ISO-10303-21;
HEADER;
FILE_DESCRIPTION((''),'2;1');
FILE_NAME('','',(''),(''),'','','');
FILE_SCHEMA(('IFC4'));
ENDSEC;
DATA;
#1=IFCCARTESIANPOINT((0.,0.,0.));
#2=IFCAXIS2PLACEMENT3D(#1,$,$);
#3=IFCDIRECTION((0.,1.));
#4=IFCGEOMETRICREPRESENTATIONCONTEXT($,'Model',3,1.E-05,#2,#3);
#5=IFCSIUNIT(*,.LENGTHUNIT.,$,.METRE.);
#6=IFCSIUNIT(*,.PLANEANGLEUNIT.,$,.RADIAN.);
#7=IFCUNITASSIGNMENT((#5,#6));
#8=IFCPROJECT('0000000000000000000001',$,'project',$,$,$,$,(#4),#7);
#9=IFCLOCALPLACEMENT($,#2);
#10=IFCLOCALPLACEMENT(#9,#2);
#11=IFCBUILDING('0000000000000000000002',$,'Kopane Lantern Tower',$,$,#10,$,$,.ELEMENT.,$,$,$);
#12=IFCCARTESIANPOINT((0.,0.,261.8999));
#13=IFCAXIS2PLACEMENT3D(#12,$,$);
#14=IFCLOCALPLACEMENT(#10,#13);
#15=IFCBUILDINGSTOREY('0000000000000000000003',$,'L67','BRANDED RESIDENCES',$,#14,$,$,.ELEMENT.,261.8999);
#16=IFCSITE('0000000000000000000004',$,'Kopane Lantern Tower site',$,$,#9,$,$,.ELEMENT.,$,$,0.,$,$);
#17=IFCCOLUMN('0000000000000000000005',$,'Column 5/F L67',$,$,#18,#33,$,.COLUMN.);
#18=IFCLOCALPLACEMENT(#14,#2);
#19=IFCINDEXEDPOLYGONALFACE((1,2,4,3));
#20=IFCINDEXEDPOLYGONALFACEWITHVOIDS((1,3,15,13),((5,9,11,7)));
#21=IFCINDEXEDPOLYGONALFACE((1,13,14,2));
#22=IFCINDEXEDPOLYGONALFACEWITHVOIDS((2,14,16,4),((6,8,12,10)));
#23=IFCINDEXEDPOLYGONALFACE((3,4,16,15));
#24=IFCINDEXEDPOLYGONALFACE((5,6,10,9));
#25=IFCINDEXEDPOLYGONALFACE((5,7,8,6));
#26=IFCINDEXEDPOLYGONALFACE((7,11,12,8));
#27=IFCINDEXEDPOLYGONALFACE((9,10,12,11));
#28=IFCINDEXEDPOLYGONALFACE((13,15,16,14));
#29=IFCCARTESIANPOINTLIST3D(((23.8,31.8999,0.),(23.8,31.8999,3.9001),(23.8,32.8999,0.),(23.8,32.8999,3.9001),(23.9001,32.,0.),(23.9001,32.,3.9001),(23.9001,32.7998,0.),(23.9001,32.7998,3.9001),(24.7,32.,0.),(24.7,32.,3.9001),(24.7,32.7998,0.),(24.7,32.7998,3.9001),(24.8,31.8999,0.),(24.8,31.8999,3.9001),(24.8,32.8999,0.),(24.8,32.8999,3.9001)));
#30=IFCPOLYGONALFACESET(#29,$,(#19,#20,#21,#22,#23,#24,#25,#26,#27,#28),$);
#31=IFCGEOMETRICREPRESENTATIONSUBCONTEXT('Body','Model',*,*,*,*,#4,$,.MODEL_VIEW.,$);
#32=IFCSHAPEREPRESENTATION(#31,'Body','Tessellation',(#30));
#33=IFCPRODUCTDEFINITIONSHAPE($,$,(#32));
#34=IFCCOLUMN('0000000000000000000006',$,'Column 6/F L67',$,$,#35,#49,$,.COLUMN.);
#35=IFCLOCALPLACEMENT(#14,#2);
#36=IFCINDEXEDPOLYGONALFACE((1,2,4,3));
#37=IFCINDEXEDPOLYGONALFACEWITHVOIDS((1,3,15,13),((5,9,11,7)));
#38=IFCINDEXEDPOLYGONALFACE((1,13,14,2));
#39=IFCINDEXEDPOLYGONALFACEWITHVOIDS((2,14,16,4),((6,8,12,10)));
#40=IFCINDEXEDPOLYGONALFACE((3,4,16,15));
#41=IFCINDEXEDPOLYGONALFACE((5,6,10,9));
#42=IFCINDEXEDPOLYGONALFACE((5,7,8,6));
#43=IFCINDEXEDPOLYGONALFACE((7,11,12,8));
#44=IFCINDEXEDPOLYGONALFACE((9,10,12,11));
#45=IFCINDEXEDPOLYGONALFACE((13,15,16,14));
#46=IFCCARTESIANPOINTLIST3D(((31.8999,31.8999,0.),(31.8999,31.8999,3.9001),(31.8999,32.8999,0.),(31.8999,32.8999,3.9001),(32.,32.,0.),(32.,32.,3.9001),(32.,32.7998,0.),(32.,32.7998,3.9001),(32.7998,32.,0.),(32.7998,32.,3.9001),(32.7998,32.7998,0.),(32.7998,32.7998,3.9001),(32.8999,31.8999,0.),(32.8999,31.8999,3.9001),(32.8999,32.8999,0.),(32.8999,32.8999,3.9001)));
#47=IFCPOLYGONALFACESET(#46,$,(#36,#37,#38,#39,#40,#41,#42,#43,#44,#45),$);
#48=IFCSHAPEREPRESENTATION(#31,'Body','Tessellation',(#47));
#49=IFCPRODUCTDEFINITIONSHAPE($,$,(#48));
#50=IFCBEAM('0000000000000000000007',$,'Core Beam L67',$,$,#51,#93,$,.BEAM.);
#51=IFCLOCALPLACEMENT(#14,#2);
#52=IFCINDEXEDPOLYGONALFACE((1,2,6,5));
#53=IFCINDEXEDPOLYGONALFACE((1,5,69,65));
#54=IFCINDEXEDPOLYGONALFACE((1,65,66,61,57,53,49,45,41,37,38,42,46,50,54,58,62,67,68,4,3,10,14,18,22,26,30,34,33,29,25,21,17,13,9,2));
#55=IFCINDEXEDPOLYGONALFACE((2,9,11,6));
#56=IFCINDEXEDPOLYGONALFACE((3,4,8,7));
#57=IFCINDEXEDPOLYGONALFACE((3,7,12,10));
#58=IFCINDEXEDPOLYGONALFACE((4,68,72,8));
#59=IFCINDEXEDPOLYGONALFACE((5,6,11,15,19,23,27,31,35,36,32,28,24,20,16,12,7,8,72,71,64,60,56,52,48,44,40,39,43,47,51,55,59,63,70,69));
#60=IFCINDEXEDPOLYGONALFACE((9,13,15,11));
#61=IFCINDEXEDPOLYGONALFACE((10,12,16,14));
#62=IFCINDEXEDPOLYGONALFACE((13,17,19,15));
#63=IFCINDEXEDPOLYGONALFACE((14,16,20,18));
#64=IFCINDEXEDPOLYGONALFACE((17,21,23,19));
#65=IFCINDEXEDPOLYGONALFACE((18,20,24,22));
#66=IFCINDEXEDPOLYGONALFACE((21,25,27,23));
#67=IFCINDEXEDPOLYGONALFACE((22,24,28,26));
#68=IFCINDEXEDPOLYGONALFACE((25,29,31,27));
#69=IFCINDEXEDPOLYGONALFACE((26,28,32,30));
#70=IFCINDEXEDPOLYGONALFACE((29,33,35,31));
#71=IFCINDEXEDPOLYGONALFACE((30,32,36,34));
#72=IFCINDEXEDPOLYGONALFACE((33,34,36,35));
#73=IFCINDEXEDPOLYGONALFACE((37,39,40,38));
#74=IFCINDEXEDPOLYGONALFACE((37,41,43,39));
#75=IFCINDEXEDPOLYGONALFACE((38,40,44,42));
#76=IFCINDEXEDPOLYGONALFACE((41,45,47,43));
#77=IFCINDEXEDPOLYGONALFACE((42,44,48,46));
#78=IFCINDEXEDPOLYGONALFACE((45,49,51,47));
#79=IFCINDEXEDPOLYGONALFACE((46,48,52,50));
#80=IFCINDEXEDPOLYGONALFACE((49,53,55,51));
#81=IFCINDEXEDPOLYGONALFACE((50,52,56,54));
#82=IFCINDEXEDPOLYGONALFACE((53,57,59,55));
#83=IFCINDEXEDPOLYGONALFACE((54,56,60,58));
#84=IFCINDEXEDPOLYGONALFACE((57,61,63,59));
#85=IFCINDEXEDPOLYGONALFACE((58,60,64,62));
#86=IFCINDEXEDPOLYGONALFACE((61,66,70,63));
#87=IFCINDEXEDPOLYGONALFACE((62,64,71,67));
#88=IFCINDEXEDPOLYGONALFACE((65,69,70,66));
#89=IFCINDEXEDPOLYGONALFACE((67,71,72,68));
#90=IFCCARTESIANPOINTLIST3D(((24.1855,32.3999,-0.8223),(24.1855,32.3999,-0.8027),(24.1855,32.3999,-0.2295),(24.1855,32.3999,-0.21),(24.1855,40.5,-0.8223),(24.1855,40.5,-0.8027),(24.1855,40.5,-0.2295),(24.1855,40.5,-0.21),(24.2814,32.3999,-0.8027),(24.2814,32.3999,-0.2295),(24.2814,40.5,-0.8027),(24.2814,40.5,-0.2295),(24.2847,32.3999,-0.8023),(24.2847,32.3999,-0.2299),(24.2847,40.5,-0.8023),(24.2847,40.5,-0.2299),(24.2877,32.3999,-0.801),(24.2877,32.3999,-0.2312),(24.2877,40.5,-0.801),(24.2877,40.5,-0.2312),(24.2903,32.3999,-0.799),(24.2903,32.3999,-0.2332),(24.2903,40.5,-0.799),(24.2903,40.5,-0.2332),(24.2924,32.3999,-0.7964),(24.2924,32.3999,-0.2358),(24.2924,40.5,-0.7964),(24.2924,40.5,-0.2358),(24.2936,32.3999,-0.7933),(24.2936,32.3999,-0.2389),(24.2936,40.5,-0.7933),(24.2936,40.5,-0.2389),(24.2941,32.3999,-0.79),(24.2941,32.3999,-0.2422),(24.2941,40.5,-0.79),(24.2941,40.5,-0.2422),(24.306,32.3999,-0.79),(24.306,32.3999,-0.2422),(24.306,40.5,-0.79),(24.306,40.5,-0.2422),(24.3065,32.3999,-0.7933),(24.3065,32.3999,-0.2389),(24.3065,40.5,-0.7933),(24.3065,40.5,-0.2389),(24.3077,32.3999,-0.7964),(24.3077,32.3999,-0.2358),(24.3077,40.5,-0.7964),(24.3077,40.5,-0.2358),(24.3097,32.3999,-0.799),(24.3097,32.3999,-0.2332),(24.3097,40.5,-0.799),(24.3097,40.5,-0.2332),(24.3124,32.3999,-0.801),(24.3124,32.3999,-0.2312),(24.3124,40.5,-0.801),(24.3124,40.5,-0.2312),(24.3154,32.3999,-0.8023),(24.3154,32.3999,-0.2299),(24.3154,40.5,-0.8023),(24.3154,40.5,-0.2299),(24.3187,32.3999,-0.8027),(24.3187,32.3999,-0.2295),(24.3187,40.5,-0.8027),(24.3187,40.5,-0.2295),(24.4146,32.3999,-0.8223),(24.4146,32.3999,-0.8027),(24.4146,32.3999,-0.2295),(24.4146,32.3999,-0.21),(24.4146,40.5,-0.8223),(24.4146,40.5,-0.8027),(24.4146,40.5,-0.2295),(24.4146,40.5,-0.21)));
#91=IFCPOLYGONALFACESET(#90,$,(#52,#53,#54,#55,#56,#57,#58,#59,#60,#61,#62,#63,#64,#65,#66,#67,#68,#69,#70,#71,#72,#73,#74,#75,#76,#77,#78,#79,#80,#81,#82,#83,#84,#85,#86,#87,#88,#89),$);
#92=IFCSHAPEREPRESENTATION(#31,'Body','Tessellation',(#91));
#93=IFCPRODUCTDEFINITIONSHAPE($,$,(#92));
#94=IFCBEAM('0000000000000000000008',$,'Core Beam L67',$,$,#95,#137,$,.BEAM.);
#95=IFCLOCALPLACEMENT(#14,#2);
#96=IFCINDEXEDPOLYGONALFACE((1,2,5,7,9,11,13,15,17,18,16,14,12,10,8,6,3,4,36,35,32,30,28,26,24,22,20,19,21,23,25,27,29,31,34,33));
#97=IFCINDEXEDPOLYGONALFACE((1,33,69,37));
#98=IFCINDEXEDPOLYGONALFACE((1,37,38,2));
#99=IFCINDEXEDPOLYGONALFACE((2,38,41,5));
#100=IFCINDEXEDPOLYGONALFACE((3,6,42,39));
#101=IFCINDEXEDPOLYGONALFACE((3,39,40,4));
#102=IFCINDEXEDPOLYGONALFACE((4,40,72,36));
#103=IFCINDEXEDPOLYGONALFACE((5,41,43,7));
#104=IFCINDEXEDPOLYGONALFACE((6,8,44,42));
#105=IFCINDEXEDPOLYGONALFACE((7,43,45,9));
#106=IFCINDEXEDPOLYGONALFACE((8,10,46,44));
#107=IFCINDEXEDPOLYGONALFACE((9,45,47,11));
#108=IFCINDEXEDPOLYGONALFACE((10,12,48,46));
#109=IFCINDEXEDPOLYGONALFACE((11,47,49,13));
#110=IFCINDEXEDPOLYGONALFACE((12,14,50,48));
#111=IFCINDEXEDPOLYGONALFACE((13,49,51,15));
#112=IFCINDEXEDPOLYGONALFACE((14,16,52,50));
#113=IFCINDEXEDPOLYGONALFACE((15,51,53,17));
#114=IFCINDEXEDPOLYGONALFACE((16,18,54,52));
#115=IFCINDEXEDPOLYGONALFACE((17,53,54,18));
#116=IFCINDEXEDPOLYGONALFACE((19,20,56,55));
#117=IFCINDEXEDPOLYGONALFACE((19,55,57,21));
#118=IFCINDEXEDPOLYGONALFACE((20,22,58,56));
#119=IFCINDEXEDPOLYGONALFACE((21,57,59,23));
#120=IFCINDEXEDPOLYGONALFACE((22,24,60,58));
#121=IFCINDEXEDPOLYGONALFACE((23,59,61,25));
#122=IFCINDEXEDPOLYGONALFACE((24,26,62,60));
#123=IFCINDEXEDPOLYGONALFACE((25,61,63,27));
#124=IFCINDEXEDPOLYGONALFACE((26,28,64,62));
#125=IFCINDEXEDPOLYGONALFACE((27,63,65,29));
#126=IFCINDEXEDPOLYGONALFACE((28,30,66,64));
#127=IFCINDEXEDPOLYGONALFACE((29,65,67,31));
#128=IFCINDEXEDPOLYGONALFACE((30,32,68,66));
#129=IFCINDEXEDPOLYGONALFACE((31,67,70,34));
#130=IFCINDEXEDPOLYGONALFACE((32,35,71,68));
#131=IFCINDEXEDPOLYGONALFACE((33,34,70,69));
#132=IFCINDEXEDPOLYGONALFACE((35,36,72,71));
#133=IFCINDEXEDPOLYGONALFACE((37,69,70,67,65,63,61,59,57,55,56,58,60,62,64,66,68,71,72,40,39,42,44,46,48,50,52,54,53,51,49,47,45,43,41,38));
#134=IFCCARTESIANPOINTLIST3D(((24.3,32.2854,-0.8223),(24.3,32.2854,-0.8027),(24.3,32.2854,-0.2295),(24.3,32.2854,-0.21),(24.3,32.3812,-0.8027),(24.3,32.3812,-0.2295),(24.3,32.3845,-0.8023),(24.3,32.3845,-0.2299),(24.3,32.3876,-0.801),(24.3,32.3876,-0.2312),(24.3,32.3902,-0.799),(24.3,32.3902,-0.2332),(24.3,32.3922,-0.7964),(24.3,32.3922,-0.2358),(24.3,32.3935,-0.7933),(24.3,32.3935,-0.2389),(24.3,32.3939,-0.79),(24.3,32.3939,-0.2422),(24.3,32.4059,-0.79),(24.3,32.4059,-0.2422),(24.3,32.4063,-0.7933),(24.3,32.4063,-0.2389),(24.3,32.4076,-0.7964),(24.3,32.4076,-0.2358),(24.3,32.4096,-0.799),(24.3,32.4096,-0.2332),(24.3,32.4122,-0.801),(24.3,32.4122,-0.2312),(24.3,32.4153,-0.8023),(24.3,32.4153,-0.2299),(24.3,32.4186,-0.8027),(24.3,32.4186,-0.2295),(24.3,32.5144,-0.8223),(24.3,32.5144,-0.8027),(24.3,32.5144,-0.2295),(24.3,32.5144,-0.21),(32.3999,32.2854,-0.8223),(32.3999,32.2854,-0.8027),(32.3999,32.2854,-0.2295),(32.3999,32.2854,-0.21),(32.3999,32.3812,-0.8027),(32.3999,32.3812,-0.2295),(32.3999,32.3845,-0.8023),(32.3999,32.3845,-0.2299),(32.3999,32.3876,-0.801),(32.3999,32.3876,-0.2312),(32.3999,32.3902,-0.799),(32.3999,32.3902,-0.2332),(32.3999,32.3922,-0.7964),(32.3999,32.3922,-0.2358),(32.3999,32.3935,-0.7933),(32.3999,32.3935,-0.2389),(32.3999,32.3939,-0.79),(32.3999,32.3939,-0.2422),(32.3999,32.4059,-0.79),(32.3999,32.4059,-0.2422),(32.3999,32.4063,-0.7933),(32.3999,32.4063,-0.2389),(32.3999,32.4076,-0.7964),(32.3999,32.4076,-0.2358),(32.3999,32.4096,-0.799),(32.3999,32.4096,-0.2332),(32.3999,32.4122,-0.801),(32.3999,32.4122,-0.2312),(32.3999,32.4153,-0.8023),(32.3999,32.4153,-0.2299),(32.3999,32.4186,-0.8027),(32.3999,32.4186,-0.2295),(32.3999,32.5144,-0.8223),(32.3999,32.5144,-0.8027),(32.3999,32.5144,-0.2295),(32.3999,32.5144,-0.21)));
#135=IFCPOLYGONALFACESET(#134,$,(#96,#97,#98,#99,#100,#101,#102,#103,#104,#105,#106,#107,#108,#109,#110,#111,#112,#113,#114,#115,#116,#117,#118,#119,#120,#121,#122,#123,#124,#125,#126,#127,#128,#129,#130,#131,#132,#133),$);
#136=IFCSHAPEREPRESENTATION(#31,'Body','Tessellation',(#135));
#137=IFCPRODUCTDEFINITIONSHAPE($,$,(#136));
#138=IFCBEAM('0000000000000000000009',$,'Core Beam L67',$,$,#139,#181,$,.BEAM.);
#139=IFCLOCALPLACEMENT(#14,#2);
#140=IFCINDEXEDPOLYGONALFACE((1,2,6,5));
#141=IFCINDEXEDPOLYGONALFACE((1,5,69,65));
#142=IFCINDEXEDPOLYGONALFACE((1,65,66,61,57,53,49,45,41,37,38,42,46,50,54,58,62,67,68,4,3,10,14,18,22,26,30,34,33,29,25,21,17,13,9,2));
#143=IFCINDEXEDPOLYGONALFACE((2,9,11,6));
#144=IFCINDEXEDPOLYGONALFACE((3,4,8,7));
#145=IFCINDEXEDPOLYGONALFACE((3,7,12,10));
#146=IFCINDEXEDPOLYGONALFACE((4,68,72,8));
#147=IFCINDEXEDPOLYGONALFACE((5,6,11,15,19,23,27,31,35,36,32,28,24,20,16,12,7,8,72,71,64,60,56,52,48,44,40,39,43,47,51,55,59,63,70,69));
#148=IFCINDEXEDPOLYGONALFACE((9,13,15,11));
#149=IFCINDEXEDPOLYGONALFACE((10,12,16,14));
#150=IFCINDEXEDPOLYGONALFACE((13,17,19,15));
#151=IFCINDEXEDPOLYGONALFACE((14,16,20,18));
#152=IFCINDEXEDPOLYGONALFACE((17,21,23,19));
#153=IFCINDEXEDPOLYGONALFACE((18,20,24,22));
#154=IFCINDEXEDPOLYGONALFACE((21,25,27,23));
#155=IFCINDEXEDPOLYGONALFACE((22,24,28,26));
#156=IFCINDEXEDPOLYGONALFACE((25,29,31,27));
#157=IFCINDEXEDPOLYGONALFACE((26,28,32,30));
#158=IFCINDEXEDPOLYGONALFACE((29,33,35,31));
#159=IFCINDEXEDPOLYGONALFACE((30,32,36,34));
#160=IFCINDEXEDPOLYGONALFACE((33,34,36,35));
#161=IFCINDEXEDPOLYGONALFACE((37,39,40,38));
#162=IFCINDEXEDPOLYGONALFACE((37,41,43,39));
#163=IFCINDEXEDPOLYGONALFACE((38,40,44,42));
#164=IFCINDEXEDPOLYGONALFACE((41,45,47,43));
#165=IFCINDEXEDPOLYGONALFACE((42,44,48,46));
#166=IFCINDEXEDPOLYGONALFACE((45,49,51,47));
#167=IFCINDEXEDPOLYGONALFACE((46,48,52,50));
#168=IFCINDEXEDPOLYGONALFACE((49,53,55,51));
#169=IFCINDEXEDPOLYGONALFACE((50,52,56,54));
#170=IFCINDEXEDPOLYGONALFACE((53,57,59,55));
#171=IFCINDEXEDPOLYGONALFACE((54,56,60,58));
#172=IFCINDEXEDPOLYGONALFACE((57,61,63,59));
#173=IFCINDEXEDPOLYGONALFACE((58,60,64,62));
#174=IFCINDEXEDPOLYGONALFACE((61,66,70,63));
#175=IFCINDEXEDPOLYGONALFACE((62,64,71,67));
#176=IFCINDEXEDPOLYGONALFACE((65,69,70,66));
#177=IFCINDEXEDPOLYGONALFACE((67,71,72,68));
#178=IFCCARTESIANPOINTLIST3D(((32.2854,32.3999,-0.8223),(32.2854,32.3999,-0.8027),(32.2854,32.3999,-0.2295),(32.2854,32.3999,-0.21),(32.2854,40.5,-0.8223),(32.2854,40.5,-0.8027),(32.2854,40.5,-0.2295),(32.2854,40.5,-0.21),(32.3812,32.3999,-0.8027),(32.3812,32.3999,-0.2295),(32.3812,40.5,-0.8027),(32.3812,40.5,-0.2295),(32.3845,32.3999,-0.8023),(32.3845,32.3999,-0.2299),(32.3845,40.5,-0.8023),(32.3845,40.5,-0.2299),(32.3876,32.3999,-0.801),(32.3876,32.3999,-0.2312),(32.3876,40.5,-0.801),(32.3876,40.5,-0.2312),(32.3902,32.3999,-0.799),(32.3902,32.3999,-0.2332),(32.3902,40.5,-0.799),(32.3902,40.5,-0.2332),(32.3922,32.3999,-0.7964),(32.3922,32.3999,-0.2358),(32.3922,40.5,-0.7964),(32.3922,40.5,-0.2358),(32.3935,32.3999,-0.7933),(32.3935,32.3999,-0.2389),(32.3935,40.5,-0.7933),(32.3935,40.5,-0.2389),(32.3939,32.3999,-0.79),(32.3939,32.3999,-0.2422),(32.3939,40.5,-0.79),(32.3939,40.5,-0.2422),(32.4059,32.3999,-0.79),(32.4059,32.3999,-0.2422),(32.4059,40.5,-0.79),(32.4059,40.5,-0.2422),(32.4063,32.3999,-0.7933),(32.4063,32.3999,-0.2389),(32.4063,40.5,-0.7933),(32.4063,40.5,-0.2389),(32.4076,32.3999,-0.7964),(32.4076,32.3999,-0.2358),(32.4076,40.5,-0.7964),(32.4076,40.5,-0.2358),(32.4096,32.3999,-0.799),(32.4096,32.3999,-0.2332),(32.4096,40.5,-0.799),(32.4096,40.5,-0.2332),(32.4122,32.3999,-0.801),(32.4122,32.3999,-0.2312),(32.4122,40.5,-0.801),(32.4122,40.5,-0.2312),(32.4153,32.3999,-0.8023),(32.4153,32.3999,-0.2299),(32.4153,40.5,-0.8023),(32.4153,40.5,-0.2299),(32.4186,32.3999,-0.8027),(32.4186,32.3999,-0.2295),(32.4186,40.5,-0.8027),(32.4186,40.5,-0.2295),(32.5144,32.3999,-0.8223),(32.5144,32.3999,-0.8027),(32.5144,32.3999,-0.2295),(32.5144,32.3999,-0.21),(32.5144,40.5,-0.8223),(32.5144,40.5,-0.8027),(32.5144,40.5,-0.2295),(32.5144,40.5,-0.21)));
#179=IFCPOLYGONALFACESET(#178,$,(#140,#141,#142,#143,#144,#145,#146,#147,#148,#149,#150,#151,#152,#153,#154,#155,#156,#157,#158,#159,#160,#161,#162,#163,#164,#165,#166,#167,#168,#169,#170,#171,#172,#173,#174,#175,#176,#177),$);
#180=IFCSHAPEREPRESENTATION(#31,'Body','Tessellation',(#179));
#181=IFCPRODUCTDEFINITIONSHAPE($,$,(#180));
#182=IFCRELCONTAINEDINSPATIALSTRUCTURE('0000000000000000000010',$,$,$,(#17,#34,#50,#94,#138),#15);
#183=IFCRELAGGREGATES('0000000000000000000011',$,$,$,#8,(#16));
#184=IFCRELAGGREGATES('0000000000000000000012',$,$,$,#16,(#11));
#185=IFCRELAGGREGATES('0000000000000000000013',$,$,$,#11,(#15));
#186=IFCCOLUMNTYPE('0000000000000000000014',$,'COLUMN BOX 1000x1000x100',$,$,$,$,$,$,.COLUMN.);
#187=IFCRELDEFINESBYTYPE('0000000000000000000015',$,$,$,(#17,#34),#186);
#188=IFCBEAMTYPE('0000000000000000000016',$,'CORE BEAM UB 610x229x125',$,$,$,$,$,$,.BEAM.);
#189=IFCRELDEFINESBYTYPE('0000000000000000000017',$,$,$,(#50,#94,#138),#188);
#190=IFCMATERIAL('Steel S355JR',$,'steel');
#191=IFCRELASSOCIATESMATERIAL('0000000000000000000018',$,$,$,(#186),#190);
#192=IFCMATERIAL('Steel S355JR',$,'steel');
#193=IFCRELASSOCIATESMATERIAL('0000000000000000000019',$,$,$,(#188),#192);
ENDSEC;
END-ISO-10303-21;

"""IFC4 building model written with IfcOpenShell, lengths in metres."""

from ifc_helpers import new_model, si_unit, direction, frame, origin, origin_2d, place, context, subcontext, project, spatial, hollow_rectangle, i_section, extrude, material, material_profile, profile_set, type_object, element, save


model = new_model("IFC4")

# Units and contexts
model_context = context("Model", 3, precision=1e-05, world=origin(), true_north=direction((0.0, 1.0)))
body_context = subcontext(model_context, "Body", "Model", "MODEL_VIEW")
ifc_project = project(units=[si_unit("LENGTHUNIT", "METRE"), si_unit("PLANEANGLEUNIT", "RADIAN")], contexts=[model_context])

# Site, building, storey
site_placement = place(None, origin())
site = spatial("IfcSite", under=ifc_project, at=site_placement, Name="Kopane Lantern Tower site", CompositionType="ELEMENT", RefElevation=0.0)
building_placement = place(site_placement, origin())
building = spatial("IfcBuilding", under=site, at=building_placement, Name="Kopane Lantern Tower", CompositionType="ELEMENT")
storey_placement = place(building_placement, frame((0.0, 0.0, 261.8999)))
storey = spatial("IfcBuildingStorey", under=building, at=storey_placement, Name="L67", Description="BRANDED RESIDENCES", CompositionType="ELEMENT", Elevation=261.8999)

# Columns
ifc_material_1 = material(Name="Steel S355JR", Category="steel")
ifc_material_profile_1 = material_profile(ifc_material_1, hollow_rectangle(XDim=1.0, YDim=1.0, WallThickness=0.1001, at=origin_2d()), Name="BOX 1000x1000x100")
ifc_profile_set_1 = profile_set([ifc_material_profile_1], Name="Steel S355JR")
column_type = type_object("IfcColumnType", Name="COLUMN BOX 1000x1000x100", PredefinedType="COLUMN", material=ifc_profile_set_1)
for number, where, z_axis, x_axis, name in (
    (1, (24.3, 32.3999, 0.0), (0.0, 0.0, 1.0), (1.0, 0.0, 0.0), "Column 5/F L67"),
    (2, (32.3999, 32.3999, 0.0), (0.0, 0.0, 1.0), (1.0, 0.0, 0.0), "Column 6/F L67"),
):
    element("IfcColumn", number, at=place(storey_placement, frame(where, z_axis=z_axis, x_axis=x_axis)), inside=storey, type_object=column_type, Name=name, PredefinedType="COLUMN", context=body_context, shape_type="SweptSolid", body=[
        extrude(hollow_rectangle(XDim=1.0, YDim=1.0, WallThickness=0.1001, at=origin_2d()), origin(), (0.0, 0.0, 1.0), 3.9001),
    ])

# Beams
ifc_material_2 = material(Name="Steel S355JR", Category="steel")
ifc_material_profile_2 = material_profile(ifc_material_2, i_section(OverallWidth=0.229, OverallDepth=0.6123, WebThickness=0.012, FlangeThickness=0.0195, FilletRadius=0.0127, at=origin_2d()), Name="UB 610x229x125")
ifc_profile_set_2 = profile_set([ifc_material_profile_2], Name="Steel S355JR")
beam_type = type_object("IfcBeamType", Name="CORE BEAM UB 610x229x125", PredefinedType="BEAM", material=ifc_profile_set_2)
beam_1_placement = place(storey_placement, frame((24.3, 32.3999, -0.5161), z_axis=(0.0, 1.0, 0.0), x_axis=(-1.0, 0.0, 0.0)))
element("IfcBeam", 3, at=beam_1_placement, inside=storey, type_object=beam_type, Name="Core Beam L67", PredefinedType="BEAM", context=body_context, shape_type="SweptSolid", body=[
    extrude(i_section(OverallWidth=0.229, OverallDepth=0.6123, WebThickness=0.012, FlangeThickness=0.0195, FilletRadius=0.0127, at=origin_2d()), origin(), (0.0, 0.0, 1.0), 8.1001),
])
beam_2_placement = place(storey_placement, frame((24.3, 32.3999, -0.5161), z_axis=(1.0, 0.0, 0.0), x_axis=(0.0, 1.0, 0.0)))
element("IfcBeam", 4, at=beam_2_placement, inside=storey, type_object=beam_type, Name="Core Beam L67", PredefinedType="BEAM", context=body_context, shape_type="SweptSolid", body=[
    extrude(i_section(OverallWidth=0.229, OverallDepth=0.6123, WebThickness=0.012, FlangeThickness=0.0195, FilletRadius=0.0127, at=origin_2d()), origin(), (0.0, 0.0, 1.0), 8.0999),
])
for number, where, z_axis, x_axis, name in (
    (5, (32.3999, 32.3999, -0.5161), (0.0, 1.0, 0.0), (-1.0, 0.0, 0.0), "Core Beam L67"),
):
    element("IfcBeam", number, at=place(storey_placement, frame(where, z_axis=z_axis, x_axis=x_axis)), inside=storey, type_object=beam_type, Name=name, PredefinedType="BEAM", context=body_context, shape_type="SweptSolid", body=[
        extrude(i_section(OverallWidth=0.229, OverallDepth=0.6123, WebThickness=0.012, FlangeThickness=0.0195, FilletRadius=0.0127, at=origin_2d()), origin(), (0.0, 0.0, 1.0), 8.1001),
    ])

save(model, "model.ifc")
